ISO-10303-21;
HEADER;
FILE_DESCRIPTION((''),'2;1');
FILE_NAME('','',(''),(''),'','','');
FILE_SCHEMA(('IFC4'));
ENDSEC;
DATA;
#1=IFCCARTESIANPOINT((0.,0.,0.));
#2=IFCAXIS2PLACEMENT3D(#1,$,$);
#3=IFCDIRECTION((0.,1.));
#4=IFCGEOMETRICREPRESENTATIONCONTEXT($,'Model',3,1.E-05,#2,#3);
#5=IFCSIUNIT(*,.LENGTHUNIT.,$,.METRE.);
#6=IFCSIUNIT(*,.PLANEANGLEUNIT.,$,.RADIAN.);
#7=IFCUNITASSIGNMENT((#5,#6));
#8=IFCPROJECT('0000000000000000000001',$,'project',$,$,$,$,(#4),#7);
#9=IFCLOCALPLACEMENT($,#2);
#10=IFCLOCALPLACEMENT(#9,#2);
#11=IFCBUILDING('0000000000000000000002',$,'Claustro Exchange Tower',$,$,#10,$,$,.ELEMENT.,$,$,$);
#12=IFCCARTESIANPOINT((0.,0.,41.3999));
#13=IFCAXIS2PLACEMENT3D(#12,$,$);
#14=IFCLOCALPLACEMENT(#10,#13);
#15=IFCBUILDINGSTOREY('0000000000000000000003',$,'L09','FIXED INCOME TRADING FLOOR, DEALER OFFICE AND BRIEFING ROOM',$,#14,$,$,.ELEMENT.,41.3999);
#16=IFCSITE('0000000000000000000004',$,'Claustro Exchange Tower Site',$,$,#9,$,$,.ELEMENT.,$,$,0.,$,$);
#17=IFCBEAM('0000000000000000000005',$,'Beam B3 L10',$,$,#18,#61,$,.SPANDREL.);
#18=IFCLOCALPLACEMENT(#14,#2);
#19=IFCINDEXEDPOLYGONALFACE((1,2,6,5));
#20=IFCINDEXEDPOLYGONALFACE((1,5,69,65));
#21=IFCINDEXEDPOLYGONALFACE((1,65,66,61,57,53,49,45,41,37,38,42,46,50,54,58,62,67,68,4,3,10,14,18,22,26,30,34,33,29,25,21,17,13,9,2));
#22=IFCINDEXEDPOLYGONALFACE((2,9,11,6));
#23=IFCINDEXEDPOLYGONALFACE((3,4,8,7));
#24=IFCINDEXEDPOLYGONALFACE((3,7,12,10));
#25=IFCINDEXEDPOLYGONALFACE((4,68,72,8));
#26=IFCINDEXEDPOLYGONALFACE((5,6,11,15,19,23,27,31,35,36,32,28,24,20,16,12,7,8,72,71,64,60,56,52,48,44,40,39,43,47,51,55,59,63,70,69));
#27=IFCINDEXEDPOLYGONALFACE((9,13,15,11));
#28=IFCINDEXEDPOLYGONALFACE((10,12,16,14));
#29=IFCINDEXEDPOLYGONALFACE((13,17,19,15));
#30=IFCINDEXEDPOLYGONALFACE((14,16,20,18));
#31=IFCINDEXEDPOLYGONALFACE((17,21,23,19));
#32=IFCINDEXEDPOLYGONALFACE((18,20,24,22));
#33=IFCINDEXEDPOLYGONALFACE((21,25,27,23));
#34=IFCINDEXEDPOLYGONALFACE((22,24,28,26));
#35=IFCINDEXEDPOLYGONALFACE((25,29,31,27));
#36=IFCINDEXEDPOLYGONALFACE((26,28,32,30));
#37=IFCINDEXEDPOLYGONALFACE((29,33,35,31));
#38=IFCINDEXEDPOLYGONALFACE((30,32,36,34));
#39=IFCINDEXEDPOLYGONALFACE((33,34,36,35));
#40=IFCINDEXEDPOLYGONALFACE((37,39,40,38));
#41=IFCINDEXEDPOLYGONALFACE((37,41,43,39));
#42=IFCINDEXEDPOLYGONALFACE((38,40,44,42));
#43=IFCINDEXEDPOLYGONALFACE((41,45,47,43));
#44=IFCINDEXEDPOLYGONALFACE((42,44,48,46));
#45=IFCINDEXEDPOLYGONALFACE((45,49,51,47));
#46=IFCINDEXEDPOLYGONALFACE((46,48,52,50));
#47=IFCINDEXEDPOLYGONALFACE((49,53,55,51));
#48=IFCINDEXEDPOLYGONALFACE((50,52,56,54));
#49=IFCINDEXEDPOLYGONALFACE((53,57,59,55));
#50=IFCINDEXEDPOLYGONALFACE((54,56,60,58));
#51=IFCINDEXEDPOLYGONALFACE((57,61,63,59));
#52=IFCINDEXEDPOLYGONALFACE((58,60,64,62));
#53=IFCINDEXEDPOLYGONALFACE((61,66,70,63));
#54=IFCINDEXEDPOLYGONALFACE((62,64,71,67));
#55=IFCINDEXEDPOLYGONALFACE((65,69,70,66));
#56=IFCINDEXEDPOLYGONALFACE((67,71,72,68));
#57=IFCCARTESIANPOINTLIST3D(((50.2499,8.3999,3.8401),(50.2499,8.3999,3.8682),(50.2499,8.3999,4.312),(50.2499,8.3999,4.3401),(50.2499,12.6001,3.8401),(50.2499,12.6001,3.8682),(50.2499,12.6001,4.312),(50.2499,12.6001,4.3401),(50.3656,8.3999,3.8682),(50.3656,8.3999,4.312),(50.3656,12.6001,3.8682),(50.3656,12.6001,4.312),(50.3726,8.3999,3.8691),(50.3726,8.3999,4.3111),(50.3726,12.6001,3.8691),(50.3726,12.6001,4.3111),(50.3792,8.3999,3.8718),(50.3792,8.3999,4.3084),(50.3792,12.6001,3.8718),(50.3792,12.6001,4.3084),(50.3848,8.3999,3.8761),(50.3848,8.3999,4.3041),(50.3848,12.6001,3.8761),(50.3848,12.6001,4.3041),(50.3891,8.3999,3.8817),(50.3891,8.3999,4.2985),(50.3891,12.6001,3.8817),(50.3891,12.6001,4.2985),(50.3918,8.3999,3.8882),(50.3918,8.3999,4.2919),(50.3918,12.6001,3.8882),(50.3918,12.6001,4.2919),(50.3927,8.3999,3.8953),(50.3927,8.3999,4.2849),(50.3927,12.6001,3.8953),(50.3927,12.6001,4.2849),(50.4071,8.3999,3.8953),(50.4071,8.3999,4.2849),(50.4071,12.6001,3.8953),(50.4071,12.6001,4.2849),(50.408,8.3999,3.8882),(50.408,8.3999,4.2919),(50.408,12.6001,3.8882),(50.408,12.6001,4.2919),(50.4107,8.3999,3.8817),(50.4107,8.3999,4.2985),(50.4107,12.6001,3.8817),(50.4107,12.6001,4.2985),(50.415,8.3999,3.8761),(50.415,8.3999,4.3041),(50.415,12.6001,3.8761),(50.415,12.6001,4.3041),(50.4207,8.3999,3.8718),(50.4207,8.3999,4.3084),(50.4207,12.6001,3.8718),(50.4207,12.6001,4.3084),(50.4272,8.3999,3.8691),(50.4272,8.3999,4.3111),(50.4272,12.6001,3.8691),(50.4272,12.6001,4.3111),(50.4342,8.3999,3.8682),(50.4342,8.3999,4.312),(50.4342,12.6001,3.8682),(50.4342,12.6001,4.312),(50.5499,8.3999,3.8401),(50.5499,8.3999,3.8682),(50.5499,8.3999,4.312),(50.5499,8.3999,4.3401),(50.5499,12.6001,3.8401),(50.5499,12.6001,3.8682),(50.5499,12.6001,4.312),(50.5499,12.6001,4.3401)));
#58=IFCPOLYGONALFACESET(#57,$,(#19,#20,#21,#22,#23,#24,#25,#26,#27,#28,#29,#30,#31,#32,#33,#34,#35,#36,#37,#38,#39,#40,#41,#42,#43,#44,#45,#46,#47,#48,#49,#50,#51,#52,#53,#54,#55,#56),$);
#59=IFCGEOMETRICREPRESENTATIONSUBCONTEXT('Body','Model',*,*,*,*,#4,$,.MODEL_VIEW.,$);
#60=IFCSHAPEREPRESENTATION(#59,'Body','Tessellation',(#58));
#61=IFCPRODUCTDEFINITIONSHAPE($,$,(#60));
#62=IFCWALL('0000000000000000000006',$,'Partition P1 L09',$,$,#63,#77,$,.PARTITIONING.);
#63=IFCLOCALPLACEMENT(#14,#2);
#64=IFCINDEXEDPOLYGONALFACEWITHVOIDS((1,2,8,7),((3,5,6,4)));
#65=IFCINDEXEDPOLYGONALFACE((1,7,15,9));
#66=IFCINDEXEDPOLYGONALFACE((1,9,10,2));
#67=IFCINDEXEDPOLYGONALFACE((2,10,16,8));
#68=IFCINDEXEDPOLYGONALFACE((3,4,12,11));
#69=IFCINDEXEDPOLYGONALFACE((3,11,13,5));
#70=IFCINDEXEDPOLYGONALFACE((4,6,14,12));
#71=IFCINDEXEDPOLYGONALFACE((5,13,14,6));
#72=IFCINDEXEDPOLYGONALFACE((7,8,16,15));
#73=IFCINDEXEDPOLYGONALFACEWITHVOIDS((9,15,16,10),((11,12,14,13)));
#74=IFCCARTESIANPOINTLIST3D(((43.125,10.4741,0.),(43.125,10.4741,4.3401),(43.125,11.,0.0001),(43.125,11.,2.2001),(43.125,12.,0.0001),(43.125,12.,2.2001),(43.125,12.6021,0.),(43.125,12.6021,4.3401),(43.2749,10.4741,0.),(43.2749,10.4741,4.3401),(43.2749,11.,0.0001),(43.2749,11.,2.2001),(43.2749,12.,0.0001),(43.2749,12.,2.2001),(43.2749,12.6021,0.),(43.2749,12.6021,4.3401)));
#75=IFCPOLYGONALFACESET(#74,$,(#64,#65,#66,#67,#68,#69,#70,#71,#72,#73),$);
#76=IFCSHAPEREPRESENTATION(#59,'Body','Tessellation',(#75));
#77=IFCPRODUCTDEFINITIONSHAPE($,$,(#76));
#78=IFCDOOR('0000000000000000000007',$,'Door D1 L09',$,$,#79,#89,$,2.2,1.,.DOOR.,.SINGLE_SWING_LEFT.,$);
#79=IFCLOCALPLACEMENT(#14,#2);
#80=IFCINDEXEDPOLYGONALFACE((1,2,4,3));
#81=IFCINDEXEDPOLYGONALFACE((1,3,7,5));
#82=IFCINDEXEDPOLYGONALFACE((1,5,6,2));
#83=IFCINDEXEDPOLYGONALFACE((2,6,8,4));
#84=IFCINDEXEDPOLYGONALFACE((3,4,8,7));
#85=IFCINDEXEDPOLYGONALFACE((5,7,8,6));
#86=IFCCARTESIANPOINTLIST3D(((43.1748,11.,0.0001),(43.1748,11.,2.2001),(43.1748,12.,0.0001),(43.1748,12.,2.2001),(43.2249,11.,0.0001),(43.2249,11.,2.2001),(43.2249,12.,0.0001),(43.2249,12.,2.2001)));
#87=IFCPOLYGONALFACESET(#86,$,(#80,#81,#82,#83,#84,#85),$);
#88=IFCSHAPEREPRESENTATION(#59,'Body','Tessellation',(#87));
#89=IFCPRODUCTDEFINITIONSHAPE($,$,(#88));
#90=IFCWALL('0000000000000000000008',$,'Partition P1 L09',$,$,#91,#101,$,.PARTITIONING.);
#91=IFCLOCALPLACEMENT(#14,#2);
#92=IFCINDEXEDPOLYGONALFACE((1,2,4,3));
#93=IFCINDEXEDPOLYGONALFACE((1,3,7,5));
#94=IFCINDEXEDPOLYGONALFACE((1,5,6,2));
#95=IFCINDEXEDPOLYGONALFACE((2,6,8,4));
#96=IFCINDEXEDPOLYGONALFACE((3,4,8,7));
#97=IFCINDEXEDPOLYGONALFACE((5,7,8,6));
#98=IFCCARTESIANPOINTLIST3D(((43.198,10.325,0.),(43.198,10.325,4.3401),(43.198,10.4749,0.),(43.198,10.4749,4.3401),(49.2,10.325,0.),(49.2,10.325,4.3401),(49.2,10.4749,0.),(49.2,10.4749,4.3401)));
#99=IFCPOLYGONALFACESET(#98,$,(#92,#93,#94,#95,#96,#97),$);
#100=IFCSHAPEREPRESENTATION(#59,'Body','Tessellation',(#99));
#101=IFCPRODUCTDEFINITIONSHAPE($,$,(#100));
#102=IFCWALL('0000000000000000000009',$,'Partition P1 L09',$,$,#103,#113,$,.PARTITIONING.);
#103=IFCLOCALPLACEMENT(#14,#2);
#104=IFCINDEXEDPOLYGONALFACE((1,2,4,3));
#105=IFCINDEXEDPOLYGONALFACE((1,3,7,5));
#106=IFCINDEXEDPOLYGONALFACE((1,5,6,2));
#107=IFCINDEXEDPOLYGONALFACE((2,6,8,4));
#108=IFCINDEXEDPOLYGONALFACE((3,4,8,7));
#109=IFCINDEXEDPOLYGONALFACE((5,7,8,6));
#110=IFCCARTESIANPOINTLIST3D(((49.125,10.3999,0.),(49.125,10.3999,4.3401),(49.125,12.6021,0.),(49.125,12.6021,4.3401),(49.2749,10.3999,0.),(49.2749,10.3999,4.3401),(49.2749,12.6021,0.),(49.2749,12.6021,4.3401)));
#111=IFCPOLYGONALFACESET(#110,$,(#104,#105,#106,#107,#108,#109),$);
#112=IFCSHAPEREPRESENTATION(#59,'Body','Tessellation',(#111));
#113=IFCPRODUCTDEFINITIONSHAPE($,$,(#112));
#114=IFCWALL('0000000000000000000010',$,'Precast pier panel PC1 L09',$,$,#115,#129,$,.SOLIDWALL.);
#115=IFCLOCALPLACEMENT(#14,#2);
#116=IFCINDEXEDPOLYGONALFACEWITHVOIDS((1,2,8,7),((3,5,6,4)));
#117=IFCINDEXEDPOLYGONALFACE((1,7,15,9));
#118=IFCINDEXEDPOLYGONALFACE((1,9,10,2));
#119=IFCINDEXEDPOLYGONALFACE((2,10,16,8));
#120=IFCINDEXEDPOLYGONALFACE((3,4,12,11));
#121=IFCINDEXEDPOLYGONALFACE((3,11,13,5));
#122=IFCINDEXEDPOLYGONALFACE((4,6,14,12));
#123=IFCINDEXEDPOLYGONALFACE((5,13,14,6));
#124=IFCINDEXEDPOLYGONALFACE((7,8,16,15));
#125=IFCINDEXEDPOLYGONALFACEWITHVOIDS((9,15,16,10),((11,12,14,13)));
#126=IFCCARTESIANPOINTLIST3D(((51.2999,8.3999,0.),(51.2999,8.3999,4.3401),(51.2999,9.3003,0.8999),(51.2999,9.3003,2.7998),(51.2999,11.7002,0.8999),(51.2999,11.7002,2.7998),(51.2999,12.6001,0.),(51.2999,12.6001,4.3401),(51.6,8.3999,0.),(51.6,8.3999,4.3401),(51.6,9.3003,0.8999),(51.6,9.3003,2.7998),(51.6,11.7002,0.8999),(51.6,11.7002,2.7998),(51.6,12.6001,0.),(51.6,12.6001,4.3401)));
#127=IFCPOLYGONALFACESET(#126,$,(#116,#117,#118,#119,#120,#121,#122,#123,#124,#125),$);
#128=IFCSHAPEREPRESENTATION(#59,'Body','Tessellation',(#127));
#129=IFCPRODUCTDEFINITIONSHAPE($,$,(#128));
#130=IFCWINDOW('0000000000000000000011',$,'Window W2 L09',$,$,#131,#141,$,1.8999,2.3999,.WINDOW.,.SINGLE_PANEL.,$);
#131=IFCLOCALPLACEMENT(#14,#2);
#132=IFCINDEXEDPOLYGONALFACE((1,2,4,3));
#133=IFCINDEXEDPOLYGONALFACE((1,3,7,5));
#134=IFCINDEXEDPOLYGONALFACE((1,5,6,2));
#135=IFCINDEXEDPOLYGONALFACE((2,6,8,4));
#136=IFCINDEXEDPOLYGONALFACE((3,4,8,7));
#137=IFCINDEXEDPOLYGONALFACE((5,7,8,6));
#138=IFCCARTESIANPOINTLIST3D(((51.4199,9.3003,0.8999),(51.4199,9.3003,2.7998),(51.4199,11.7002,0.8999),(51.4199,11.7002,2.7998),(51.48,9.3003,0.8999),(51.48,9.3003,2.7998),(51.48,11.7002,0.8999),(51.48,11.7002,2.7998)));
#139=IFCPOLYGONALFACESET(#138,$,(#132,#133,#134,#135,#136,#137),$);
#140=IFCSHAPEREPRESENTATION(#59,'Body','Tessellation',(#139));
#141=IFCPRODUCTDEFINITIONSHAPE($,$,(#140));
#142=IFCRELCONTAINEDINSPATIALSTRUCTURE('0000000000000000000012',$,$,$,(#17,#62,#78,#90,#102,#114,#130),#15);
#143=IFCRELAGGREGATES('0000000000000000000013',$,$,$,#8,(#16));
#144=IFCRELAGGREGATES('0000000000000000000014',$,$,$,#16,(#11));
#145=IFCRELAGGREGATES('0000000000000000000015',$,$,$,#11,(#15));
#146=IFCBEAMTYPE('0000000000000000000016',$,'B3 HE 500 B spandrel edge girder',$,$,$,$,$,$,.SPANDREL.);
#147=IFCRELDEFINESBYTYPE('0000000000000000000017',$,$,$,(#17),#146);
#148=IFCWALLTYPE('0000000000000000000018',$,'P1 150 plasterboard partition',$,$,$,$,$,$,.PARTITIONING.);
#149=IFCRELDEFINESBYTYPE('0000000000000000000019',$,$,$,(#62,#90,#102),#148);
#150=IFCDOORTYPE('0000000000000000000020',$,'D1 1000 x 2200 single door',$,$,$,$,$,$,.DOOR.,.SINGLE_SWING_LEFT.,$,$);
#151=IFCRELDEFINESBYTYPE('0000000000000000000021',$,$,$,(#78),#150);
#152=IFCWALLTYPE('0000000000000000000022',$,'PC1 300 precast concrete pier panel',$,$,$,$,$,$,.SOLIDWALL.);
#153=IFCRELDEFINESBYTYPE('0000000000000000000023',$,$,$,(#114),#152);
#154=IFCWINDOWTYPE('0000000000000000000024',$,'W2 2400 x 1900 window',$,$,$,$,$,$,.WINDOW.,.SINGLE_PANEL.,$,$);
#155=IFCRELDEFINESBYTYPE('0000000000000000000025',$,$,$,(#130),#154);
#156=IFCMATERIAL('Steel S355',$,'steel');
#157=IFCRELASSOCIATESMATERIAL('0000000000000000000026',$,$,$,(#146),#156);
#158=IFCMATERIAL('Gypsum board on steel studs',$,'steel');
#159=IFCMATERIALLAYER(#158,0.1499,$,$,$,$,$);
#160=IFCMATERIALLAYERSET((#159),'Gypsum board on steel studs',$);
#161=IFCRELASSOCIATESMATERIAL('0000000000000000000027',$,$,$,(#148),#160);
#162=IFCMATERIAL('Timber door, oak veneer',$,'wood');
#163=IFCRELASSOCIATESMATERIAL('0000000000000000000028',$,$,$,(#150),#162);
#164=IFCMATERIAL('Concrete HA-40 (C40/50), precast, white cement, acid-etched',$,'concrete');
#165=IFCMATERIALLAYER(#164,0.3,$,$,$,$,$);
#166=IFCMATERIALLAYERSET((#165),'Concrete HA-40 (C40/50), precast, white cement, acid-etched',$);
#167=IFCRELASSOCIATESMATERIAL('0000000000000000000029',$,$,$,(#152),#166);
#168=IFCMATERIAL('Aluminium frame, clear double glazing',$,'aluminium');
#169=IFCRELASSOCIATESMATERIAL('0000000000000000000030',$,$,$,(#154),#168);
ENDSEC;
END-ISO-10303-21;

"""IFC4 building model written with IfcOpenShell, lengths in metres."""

from ifc_helpers import new_model, si_unit, direction, frame, frame_2d, origin, origin_2d, place, context, subcontext, project, spatial, rectangle, i_section, extrude, material, layer, layer_set, material_profile, profile_set, type_object, element, fill, save


model = new_model("IFC4")

# Units and contexts
model_context = context("Model", 3, precision=1e-05, world=origin(), true_north=direction((0.0, 1.0)))
body_context = subcontext(model_context, "Body", "Model", "MODEL_VIEW")
ifc_project = project(units=[si_unit("LENGTHUNIT", "METRE"), si_unit("PLANEANGLEUNIT", "RADIAN")], contexts=[model_context])

# Site, building, storey
site_placement = place(None, origin())
site = spatial("IfcSite", under=ifc_project, at=site_placement, Name="Claustro Exchange Tower Site", CompositionType="ELEMENT", RefElevation=0.0)
building_placement = place(site_placement, origin())
building = spatial("IfcBuilding", under=site, at=building_placement, Name="Claustro Exchange Tower", CompositionType="ELEMENT")
storey_placement = place(building_placement, frame((0.0, 0.0, 41.3999)))
storey = spatial("IfcBuildingStorey", under=building, at=storey_placement, Name="L09", Description="FIXED INCOME TRADING FLOOR, DEALER OFFICE AND BRIEFING ROOM", CompositionType="ELEMENT", Elevation=41.3999)

# Beam
ifc_material_1 = material(Name="Steel S355", Category="steel")
ifc_material_profile = material_profile(ifc_material_1, i_section(OverallWidth=0.3, OverallDepth=0.5, WebThickness=0.0144, FlangeThickness=0.0281, FilletRadius=0.0271, at=origin_2d()), Name="HE 500 B")
ifc_profile_set = profile_set([ifc_material_profile], Name="Steel S355")
beam_type = type_object("IfcBeamType", Name="B3 HE 500 B spandrel edge girder", PredefinedType="SPANDREL", material=ifc_profile_set)
beam_placement = place(storey_placement, frame((50.3999, 8.3999, 4.0901), z_axis=(0.0, 1.0, 0.0), x_axis=(-1.0, 0.0, 0.0)))
element("IfcBeam", 1, at=beam_placement, inside=storey, type_object=beam_type, Name="Beam B3 L10", PredefinedType="SPANDREL", context=body_context, shape_type="SweptSolid", body=[
    extrude(i_section(OverallWidth=0.3, OverallDepth=0.5, WebThickness=0.0144, FlangeThickness=0.0281, FilletRadius=0.0271, at=origin_2d()), origin(), (0.0, 0.0, 1.0), 4.2002),
])

# Wall, opening, door
ifc_material_2 = material(Name="Gypsum board on steel studs", Category="steel")
ifc_layer_1 = layer(ifc_material_2, 0.1499)
ifc_layer_set_1 = layer_set([ifc_layer_1], Name="Gypsum board on steel studs")
wall_type_1 = type_object("IfcWallType", Name="P1 150 plasterboard partition", PredefinedType="PARTITIONING", material=ifc_layer_set_1)
wall_1_placement = place(storey_placement, frame((43.2, 10.4741, 0.0), z_axis=(0.0, 0.0, 1.0), x_axis=(0.0, 1.0, 0.0)))
wall_1 = element("IfcWall", 2, at=wall_1_placement, inside=storey, type_object=wall_type_1, Name="Partition P1 L09", PredefinedType="PARTITIONING", context=body_context, shape_type="SweptSolid", body=[
    extrude(rectangle(XDim=2.1279, YDim=0.1499, at=frame_2d((1.064, 0.0))), origin(), (0.0, 0.0, 1.0), 4.3401),
])
opening_1_placement = place(wall_1_placement, frame((0.5259, 0.0, 0.0)))
opening_1 = element("IfcOpeningElement", 3, at=opening_1_placement, cuts=wall_1, PredefinedType="OPENING", context=body_context, shape_type="SweptSolid", body=[
    extrude(rectangle(XDim=1.0, YDim=2.2, at=frame_2d((0.5, 1.1001))), frame((0.0, 0.085, 0.0), z_axis=(0.0, -1.0, 0.0), x_axis=(1.0, 0.0, 0.0)), (0.0, 0.0, 1.0), 0.1699),
])
ifc_material_3 = material(Name="Timber door, oak veneer", Category="wood")
door_type_1 = type_object("IfcDoorType", Name="D1 1000 x 2200 single door", OperationType="SINGLE_SWING_LEFT", PredefinedType="DOOR", material=ifc_material_3)
door_1_placement = place(opening_1_placement, frame((1.0, 0.0, 0.0), z_axis=(0.0, 0.0, 1.0), x_axis=(-1.0, 0.0, 0.0)))
door_1 = element("IfcDoor", 4, at=door_1_placement, inside=storey, type_object=door_type_1, Name="Door D1 L09", OperationType="SINGLE_SWING_LEFT", OverallHeight=2.2, OverallWidth=1.0, PredefinedType="DOOR", context=body_context, shape_type="SweptSolid", body=[
    extrude(rectangle(XDim=1.0, YDim=2.2, at=frame_2d((0.5, 1.1001))), frame((0.0, 0.0249, 0.0), z_axis=(0.0, -1.0, 0.0), x_axis=(1.0, 0.0, 0.0)), (0.0, 0.0, 1.0), 0.05),
])
fill(opening_1, door_1)

# Walls
wall_2_placement = place(storey_placement, frame((43.198, 10.3999, 0.0), z_axis=(0.0, 0.0, 1.0), x_axis=(1.0, 0.0, 0.0)))
element("IfcWall", 5, at=wall_2_placement, inside=storey, type_object=wall_type_1, Name="Partition P1 L09", PredefinedType="PARTITIONING", context=body_context, shape_type="SweptSolid", body=[
    extrude(rectangle(XDim=6.002, YDim=0.1499, at=frame_2d((3.001, 0.0))), origin(), (0.0, 0.0, 1.0), 4.3401),
])
wall_3_placement = place(storey_placement, frame((49.2, 10.3999, 0.0), z_axis=(0.0, 0.0, 1.0), x_axis=(0.0, 1.0, 0.0)))
element("IfcWall", 6, at=wall_3_placement, inside=storey, type_object=wall_type_1, Name="Partition P1 L09", PredefinedType="PARTITIONING", context=body_context, shape_type="SweptSolid", body=[
    extrude(rectangle(XDim=2.2021, YDim=0.1499, at=frame_2d((1.1011, 0.0))), origin(), (0.0, 0.0, 1.0), 4.3401),
])

# Wall, opening, window
ifc_material_4 = material(Name="Concrete HA-40 (C40/50), precast, white cement, acid-etched", Category="concrete")
ifc_layer_2 = layer(ifc_material_4, 0.3)
ifc_layer_set_2 = layer_set([ifc_layer_2], Name="Concrete HA-40 (C40/50), precast, white cement, acid-etched")
wall_type_2 = type_object("IfcWallType", Name="PC1 300 precast concrete pier panel", PredefinedType="SOLIDWALL", material=ifc_layer_set_2)
wall_4_placement = place(storey_placement, frame((51.45, 12.6001, 0.0), z_axis=(0.0, 0.0, 1.0), x_axis=(0.0, -1.0, 0.0)))
wall_4 = element("IfcWall", 7, at=wall_4_placement, inside=storey, type_object=wall_type_2, Name="Precast pier panel PC1 L09", PredefinedType="SOLIDWALL", context=body_context, shape_type="SweptSolid", body=[
    extrude(rectangle(XDim=4.2002, YDim=0.3, at=frame_2d((2.1001, 0.0))), origin(), (0.0, 0.0, 1.0), 4.3401),
])
opening_2_placement = place(wall_4_placement, frame((0.8999, 0.0, 0.8999)))
opening_2 = element("IfcOpeningElement", 8, at=opening_2_placement, cuts=wall_4, PredefinedType="OPENING", context=body_context, shape_type="SweptSolid", body=[
    extrude(rectangle(XDim=2.3999, YDim=1.8999, at=frame_2d((1.2, 0.95))), frame((0.0, 0.1599, 0.0), z_axis=(0.0, -1.0, 0.0), x_axis=(1.0, 0.0, 0.0)), (0.0, 0.0, 1.0), 0.3201),
])
ifc_material_5 = material(Name="Aluminium frame, clear double glazing", Category="aluminium")
window_type_1 = type_object("IfcWindowType", Name="W2 2400 x 1900 window", PartitioningType="SINGLE_PANEL", PredefinedType="WINDOW", material=ifc_material_5)
window_1_placement = place(opening_2_placement, origin())
window_1 = element("IfcWindow", 9, at=window_1_placement, inside=storey, type_object=window_type_1, Name="Window W2 L09", OverallHeight=1.8999, OverallWidth=2.3999, PartitioningType="SINGLE_PANEL", PredefinedType="WINDOW", context=body_context, shape_type="SweptSolid", body=[
    extrude(rectangle(XDim=2.3999, YDim=1.8999, at=frame_2d((1.2, 0.95))), frame((0.0, 0.03, 0.0), z_axis=(0.0, -1.0, 0.0), x_axis=(1.0, 0.0, 0.0)), (0.0, 0.0, 1.0), 0.0601),
])
fill(opening_2, window_1)

save(model, "model.ifc")
